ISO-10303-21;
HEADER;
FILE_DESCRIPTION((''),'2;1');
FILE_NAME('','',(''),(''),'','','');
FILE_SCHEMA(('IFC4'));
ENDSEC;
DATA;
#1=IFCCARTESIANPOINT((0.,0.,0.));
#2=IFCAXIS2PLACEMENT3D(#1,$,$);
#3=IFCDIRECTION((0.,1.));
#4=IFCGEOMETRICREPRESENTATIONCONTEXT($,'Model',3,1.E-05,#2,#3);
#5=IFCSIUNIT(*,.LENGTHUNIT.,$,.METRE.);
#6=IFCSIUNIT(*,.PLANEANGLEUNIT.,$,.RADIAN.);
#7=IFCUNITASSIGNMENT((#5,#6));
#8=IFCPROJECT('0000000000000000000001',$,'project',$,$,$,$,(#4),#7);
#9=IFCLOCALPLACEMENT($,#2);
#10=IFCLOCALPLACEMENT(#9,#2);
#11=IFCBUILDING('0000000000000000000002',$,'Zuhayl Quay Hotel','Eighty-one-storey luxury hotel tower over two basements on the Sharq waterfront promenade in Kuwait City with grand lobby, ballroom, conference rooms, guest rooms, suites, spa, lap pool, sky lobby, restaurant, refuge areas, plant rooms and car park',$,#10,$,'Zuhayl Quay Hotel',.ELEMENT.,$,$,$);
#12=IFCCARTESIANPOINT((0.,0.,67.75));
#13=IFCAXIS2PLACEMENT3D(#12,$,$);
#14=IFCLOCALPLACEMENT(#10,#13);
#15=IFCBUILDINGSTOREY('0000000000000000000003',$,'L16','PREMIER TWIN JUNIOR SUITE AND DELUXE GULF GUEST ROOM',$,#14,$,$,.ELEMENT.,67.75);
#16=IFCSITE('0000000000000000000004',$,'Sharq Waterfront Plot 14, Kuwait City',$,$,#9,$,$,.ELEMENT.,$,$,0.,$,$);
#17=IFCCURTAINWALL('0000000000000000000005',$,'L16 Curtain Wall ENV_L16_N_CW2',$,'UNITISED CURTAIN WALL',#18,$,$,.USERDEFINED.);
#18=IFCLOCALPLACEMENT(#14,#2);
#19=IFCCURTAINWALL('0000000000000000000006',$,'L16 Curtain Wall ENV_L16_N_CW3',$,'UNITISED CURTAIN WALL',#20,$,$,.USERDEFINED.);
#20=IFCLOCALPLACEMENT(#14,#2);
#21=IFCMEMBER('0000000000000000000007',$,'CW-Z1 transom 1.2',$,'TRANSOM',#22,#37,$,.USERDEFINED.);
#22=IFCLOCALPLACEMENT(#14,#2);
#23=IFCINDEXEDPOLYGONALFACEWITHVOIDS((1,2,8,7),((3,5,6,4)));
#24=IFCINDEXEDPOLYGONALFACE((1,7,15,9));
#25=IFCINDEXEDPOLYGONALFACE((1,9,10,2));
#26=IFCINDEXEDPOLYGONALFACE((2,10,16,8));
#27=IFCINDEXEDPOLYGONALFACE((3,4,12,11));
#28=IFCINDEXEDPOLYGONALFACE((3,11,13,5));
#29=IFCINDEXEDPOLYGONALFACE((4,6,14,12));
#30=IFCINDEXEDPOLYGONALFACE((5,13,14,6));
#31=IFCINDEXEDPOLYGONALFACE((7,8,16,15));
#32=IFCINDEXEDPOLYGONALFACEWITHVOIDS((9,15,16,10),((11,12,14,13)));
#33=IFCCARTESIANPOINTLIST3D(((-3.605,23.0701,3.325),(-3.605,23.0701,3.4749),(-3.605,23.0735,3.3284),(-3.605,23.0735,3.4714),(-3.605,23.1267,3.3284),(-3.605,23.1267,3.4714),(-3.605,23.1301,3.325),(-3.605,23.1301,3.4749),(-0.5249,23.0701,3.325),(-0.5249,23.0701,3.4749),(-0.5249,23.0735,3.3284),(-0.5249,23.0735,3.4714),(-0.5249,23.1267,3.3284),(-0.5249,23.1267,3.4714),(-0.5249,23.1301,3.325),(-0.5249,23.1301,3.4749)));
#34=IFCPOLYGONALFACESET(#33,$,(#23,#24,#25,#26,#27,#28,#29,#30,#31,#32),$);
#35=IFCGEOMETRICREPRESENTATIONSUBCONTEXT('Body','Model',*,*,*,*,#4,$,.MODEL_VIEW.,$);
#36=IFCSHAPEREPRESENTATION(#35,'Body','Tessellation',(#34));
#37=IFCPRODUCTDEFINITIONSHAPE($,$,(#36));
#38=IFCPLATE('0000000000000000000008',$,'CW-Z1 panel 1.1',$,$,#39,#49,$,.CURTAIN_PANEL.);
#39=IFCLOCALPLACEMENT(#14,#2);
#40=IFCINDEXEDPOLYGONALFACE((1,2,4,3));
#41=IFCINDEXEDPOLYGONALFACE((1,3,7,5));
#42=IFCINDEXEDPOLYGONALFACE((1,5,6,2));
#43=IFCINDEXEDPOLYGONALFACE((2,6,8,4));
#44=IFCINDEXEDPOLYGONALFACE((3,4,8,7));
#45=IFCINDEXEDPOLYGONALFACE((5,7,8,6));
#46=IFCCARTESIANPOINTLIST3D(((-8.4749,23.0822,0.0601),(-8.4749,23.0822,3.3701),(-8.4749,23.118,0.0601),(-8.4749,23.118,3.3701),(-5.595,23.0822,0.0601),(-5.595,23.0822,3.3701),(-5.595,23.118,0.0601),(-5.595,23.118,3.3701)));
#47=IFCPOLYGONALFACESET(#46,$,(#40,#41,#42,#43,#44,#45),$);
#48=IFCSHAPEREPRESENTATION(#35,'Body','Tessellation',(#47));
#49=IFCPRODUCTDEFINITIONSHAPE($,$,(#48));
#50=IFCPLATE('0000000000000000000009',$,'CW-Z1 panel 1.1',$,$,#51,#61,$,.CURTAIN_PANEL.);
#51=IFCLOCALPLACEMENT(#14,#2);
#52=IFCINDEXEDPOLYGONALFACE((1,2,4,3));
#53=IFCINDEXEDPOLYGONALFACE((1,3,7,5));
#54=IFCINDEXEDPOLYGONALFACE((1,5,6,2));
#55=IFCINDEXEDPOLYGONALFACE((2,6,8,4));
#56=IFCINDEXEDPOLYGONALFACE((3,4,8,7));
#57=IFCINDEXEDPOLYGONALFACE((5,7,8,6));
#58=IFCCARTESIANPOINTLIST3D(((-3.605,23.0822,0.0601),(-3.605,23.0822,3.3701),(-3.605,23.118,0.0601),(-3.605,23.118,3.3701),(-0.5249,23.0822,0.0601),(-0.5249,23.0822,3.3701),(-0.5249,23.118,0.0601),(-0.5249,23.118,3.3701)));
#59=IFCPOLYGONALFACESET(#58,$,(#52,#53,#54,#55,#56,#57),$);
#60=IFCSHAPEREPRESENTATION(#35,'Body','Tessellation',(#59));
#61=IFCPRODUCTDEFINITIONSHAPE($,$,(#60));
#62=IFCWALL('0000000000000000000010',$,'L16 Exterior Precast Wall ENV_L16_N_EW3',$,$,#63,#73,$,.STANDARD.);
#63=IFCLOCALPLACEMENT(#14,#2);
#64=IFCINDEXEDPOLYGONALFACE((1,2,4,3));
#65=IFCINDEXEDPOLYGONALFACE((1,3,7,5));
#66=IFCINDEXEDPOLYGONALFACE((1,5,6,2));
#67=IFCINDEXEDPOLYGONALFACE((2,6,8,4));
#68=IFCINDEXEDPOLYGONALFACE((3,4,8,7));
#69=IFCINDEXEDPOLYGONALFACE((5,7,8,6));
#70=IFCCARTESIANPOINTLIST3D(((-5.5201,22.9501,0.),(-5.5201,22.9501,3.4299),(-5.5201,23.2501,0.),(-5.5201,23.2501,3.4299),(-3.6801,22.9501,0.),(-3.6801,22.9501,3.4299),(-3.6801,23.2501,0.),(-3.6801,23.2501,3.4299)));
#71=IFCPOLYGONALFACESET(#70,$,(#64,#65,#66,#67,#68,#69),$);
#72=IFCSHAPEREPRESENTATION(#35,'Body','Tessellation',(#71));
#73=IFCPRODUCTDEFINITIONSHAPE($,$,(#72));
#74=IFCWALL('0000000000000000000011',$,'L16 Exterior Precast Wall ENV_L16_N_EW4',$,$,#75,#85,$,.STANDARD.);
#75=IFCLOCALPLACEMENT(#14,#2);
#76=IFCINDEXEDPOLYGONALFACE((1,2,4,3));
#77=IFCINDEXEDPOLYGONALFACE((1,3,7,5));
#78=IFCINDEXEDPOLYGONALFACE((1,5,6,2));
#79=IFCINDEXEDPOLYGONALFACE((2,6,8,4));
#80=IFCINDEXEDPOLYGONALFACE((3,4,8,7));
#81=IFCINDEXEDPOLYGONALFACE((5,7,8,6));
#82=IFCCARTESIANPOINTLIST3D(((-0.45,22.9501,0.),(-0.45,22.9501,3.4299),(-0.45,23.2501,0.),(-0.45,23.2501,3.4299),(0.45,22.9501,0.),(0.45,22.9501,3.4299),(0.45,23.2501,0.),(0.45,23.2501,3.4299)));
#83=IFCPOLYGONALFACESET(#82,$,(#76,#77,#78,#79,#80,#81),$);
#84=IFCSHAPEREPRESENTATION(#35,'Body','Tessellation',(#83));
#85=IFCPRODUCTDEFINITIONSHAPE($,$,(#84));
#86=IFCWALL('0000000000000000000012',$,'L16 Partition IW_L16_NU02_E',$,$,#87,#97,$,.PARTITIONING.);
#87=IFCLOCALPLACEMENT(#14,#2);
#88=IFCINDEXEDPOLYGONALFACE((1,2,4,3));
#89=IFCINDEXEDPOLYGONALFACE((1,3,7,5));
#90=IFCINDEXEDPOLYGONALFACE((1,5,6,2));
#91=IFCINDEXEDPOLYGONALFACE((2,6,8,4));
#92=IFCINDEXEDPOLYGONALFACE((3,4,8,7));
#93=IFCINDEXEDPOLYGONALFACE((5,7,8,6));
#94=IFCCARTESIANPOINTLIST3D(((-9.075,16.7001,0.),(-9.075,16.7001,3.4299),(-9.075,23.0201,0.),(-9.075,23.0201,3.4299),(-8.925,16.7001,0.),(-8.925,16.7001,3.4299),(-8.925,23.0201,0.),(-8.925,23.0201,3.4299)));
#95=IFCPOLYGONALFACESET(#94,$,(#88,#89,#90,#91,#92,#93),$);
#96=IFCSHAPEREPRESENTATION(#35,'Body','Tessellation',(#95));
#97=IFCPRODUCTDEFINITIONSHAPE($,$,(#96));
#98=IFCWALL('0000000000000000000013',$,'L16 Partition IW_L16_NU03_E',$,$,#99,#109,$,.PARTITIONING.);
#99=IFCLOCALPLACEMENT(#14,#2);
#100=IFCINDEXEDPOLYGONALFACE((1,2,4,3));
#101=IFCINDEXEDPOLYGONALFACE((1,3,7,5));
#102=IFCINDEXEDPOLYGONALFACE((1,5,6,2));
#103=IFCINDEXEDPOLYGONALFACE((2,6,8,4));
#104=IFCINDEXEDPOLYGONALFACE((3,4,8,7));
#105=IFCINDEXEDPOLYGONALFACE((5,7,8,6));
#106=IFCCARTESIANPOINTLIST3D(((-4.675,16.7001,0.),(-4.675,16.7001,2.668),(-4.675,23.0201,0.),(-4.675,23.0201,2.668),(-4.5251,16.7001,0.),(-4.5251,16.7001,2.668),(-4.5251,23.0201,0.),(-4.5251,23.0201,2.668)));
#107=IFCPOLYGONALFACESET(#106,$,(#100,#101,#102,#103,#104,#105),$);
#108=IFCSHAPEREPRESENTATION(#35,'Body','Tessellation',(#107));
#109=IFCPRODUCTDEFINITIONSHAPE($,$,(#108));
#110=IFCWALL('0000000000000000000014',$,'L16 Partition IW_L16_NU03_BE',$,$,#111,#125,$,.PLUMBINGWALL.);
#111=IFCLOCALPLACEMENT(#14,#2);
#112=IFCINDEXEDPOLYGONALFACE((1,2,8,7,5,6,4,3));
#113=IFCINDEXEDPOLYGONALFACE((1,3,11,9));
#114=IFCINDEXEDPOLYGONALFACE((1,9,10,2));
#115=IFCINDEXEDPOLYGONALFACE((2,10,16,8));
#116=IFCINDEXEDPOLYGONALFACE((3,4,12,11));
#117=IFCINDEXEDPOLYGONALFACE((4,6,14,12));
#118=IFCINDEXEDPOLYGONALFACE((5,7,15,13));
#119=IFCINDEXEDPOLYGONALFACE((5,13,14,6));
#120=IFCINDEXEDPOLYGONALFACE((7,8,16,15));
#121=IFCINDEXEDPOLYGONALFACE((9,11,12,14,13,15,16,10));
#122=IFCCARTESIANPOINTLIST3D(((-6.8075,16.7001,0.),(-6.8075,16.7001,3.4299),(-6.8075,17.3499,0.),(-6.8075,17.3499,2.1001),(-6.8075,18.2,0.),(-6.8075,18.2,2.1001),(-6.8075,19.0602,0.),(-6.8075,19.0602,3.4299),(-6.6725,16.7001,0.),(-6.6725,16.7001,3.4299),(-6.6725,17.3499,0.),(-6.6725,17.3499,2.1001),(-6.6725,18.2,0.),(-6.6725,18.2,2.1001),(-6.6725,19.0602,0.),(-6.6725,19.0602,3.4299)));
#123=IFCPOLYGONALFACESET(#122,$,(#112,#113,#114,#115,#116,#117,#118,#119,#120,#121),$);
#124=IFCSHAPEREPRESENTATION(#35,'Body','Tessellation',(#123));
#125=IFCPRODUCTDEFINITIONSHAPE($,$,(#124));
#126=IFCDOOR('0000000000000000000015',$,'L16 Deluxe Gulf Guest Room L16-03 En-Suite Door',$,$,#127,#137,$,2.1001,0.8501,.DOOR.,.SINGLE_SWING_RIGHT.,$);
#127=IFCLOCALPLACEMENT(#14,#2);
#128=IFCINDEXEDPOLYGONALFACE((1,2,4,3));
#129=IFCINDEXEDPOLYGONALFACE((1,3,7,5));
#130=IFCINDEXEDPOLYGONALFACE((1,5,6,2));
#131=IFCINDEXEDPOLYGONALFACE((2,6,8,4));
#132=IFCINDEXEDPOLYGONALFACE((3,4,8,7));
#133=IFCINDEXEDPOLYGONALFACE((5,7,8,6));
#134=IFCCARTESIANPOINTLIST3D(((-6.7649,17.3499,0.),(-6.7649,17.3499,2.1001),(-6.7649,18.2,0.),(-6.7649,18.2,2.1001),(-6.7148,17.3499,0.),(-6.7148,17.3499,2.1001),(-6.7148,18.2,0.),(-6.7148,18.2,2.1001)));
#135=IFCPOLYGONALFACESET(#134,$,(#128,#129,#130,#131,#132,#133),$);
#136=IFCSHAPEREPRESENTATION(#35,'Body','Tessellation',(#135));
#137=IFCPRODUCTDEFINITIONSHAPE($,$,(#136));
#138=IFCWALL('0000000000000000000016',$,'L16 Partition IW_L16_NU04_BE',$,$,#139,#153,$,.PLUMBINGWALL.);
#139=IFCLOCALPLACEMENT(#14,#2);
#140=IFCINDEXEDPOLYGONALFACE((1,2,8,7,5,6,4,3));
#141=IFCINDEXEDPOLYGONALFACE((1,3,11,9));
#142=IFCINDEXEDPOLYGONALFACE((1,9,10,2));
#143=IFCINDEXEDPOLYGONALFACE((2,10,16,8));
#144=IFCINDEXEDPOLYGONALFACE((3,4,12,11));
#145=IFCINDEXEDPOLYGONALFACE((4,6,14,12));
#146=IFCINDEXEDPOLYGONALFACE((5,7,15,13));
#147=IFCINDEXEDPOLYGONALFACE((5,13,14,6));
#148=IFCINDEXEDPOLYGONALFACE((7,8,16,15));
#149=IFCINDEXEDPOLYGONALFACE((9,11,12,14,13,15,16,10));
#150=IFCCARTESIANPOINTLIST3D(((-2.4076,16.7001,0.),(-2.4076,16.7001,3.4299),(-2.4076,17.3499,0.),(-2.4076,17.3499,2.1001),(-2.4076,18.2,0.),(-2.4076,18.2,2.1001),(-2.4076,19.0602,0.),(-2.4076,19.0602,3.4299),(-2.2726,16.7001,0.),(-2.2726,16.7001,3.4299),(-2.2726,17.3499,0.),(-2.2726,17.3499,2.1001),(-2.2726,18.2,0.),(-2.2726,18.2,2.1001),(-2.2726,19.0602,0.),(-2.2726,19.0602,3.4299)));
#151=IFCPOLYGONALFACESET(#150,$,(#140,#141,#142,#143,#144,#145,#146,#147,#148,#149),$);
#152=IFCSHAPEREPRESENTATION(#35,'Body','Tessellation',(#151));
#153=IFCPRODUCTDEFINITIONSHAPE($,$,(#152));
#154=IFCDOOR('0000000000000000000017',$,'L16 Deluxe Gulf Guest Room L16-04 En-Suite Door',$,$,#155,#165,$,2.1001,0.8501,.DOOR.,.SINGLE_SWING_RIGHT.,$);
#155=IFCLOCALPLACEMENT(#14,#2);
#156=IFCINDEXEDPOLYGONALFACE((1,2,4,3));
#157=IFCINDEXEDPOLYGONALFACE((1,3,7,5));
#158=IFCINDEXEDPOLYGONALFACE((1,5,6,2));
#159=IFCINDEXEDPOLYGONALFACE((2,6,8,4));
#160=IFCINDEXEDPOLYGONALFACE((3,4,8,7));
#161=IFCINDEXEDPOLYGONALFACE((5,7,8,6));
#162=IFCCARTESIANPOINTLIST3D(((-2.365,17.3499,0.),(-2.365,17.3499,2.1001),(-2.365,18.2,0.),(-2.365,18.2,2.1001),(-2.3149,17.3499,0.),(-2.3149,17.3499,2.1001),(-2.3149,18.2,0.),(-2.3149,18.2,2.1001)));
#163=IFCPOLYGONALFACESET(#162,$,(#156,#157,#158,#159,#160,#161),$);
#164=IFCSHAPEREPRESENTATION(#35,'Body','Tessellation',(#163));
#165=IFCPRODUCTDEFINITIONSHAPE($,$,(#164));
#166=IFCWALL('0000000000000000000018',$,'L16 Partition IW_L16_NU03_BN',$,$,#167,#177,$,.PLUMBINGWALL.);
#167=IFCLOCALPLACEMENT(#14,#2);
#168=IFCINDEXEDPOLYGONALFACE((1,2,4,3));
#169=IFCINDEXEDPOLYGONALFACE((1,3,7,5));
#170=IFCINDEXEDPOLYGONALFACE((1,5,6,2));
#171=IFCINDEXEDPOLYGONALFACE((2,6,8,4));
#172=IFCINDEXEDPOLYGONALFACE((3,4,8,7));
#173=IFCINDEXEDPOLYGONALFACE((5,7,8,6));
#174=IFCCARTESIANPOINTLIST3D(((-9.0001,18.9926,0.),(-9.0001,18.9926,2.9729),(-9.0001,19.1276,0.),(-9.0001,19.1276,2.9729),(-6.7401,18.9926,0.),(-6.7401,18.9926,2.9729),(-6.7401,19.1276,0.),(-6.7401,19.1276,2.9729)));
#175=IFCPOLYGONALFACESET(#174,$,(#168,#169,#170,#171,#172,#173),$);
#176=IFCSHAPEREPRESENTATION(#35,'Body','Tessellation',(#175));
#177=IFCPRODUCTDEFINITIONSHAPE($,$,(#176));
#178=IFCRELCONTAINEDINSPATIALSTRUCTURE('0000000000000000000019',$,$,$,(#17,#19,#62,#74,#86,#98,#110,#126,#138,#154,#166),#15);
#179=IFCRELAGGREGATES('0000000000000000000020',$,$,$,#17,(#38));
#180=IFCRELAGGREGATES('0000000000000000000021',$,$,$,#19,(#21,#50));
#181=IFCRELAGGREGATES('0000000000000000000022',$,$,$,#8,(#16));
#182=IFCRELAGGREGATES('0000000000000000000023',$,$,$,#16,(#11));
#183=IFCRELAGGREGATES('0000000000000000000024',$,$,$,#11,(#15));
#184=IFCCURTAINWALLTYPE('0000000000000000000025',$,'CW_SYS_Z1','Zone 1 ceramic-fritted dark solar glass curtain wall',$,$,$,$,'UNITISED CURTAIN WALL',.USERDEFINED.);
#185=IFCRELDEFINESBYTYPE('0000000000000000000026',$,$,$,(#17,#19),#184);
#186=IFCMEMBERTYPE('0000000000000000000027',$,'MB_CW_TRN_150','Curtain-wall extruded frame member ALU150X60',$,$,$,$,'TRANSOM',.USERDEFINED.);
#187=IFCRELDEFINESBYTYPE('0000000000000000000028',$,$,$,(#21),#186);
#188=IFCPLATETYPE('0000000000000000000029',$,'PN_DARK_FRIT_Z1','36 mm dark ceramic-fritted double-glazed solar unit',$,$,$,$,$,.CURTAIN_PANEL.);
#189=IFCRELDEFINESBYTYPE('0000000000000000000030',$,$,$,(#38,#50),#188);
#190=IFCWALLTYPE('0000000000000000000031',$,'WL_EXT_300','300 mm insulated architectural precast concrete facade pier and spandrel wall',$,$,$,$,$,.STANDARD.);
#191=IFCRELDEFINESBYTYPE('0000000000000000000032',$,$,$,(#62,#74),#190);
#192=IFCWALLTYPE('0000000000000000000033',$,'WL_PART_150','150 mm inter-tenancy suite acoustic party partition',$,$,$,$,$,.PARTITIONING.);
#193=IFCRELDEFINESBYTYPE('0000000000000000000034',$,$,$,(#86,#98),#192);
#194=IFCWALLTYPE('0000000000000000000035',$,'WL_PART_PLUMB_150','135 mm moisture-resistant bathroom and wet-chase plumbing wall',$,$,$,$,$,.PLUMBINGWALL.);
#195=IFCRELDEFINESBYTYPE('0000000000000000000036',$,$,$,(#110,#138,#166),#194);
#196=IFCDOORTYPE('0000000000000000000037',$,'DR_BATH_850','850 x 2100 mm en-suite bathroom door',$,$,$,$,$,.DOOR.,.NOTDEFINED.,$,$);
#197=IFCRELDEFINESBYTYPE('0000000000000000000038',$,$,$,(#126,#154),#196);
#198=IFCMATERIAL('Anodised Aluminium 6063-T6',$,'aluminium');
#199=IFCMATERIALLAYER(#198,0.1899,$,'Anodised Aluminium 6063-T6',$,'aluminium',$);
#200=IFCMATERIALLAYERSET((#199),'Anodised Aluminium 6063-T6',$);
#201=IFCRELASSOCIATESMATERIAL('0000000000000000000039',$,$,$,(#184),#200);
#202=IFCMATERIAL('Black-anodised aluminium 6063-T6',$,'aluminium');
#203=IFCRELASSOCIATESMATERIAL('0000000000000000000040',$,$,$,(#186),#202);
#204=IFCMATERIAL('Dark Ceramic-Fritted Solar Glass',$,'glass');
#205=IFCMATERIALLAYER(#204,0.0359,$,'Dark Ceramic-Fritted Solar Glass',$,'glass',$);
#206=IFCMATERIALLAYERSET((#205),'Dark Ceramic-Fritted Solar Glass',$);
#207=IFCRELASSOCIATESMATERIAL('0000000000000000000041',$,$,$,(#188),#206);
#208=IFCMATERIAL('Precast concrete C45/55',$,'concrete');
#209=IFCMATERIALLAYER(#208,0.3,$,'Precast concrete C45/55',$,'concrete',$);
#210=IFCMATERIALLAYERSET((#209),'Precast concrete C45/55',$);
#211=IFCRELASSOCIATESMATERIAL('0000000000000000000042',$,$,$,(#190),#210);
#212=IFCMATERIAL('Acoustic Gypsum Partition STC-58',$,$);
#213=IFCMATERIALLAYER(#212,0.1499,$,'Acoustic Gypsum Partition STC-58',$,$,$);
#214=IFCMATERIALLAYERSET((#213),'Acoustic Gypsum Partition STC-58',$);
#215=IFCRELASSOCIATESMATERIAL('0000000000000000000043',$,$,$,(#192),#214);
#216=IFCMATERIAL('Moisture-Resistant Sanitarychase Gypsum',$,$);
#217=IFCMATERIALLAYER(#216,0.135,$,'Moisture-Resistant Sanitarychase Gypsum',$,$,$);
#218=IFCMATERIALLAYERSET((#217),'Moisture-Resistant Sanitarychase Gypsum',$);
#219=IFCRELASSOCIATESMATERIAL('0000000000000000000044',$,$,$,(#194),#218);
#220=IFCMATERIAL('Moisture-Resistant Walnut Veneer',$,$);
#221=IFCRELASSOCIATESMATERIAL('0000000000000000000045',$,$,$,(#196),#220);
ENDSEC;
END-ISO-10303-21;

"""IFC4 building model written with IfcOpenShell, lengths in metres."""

from ifc_helpers import new_model, si_unit, direction, frame, frame_2d, origin, origin_2d, place, context, subcontext, project, spatial, rectangle, hollow_rectangle, extrude, material, layer, layer_set, material_profile, profile_set, type_object, element, fill, aggregate, save


model = new_model("IFC4")

# Units and contexts
model_context = context("Model", 3, precision=1e-05, world=origin(), true_north=direction((0.0, 1.0)))
body_context = subcontext(model_context, "Body", "Model", "MODEL_VIEW")
ifc_project = project(units=[si_unit("LENGTHUNIT", "METRE"), si_unit("PLANEANGLEUNIT", "RADIAN")], contexts=[model_context])

# Site, building, storey
site_placement = place(None, origin())
site = spatial("IfcSite", under=ifc_project, at=site_placement, Name="Sharq Waterfront Plot 14, Kuwait City", CompositionType="ELEMENT", RefElevation=0.0)
building_placement = place(site_placement, origin())
building = spatial("IfcBuilding", under=site, at=building_placement, Name="Zuhayl Quay Hotel", Description="Eighty-one-storey luxury hotel tower over two basements on the Sharq waterfront promenade in Kuwait City with grand lobby, ballroom, conference rooms, guest rooms, suites, spa, lap pool, sky lobby, restaurant, refuge areas, plant rooms and car park", LongName="Zuhayl Quay Hotel", CompositionType="ELEMENT")
storey_placement = place(building_placement, frame((0.0, 0.0, 67.75)))
storey = spatial("IfcBuildingStorey", under=building, at=storey_placement, Name="L16", Description="PREMIER TWIN JUNIOR SUITE AND DELUXE GULF GUEST ROOM", CompositionType="ELEMENT", Elevation=67.75)

# Curtain walls
ifc_material_1 = material(Name="Anodised Aluminium 6063-T6", Category="aluminium")
ifc_layer_1 = layer(ifc_material_1, 0.1899, Name="Anodised Aluminium 6063-T6", Category="aluminium")
ifc_layer_set_1 = layer_set([ifc_layer_1], Name="Anodised Aluminium 6063-T6")
curtain_wall_type = type_object("IfcCurtainWallType", Name="CW_SYS_Z1", Description="Zone 1 ceramic-fritted dark solar glass curtain wall", ElementType="UNITISED CURTAIN WALL", PredefinedType="USERDEFINED", material=ifc_layer_set_1)
curtain_wall_1_placement = place(storey_placement, origin())
curtain_wall_1 = element("IfcCurtainWall", 1, at=curtain_wall_1_placement, inside=storey, type_object=curtain_wall_type, Name="L16 Curtain Wall ENV_L16_N_CW2", ObjectType="UNITISED CURTAIN WALL", PredefinedType="USERDEFINED")
ifc_material_2 = material(Name="Black-anodised aluminium 6063-T6", Category="aluminium")
curtain_wall_2_placement = place(storey_placement, origin())
curtain_wall_2 = element("IfcCurtainWall", 2, at=curtain_wall_2_placement, inside=storey, type_object=curtain_wall_type, Name="L16 Curtain Wall ENV_L16_N_CW3", ObjectType="UNITISED CURTAIN WALL", PredefinedType="USERDEFINED")

# Member
ifc_material_profile_1 = material_profile(ifc_material_2, hollow_rectangle(XDim=0.0601, YDim=0.1499, WallThickness=0.0034, at=origin_2d()), Name="ALU150X60")
ifc_profile_set_1 = profile_set([ifc_material_profile_1], Name="Black-anodised aluminium 6063-T6")
member_type_1 = type_object("IfcMemberType", Name="MB_CW_TRN_150", Description="Curtain-wall extruded frame member ALU150X60", ElementType="TRANSOM", PredefinedType="USERDEFINED", material=ifc_profile_set_1)
member_1_placement = place(storey_placement, frame((-3.605, 23.1001, 3.3999), z_axis=(1.0, 0.0, 0.0), x_axis=(0.0, 1.0, 0.0)))
member_1 = element("IfcMember", 3, at=member_1_placement, type_object=member_type_1, Name="CW-Z1 transom 1.2", ObjectType="TRANSOM", PredefinedType="USERDEFINED", context=body_context, shape_type="SweptSolid", body=[
    extrude(hollow_rectangle(XDim=0.0601, YDim=0.1499, WallThickness=0.0034, at=origin_2d()), origin(), (0.0, 0.0, 1.0), 3.0801),
])

# Plates
ifc_material_3 = material(Name="Dark Ceramic-Fritted Solar Glass", Category="glass")
ifc_layer_2 = layer(ifc_material_3, 0.0359, Name="Dark Ceramic-Fritted Solar Glass", Category="glass")
ifc_layer_set_2 = layer_set([ifc_layer_2], Name="Dark Ceramic-Fritted Solar Glass")
plate_type = type_object("IfcPlateType", Name="PN_DARK_FRIT_Z1", Description="36 mm dark ceramic-fritted double-glazed solar unit", PredefinedType="CURTAIN_PANEL", material=ifc_layer_set_2)
plate_1_placement = place(storey_placement, frame((-7.0349, 23.1001, 0.0601), z_axis=(0.0, 0.0, 1.0), x_axis=(1.0, 0.0, 0.0)))
plate_1 = element("IfcPlate", 4, at=plate_1_placement, type_object=plate_type, Name="CW-Z1 panel 1.1", PredefinedType="CURTAIN_PANEL", context=body_context, shape_type="SweptSolid", body=[
    extrude(rectangle(XDim=2.8799, YDim=0.0359, at=origin_2d()), origin(), (0.0, 0.0, 1.0), 3.3101),
])
aggregate(curtain_wall_1, [plate_1])
plate_2_placement = place(storey_placement, frame((-2.0649, 23.1001, 0.0601), z_axis=(0.0, 0.0, 1.0), x_axis=(1.0, 0.0, 0.0)))
plate_2 = element("IfcPlate", 5, at=plate_2_placement, type_object=plate_type, Name="CW-Z1 panel 1.1", PredefinedType="CURTAIN_PANEL", context=body_context, shape_type="SweptSolid", body=[
    extrude(rectangle(XDim=3.0801, YDim=0.0359, at=origin_2d()), origin(), (0.0, 0.0, 1.0), 3.3101),
])
aggregate(curtain_wall_2, [member_1, plate_2])

# Walls
ifc_material_4 = material(Name="Precast concrete C45/55", Category="concrete")
ifc_layer_3 = layer(ifc_material_4, 0.3, Name="Precast concrete C45/55", Category="concrete")
ifc_layer_set_3 = layer_set([ifc_layer_3], Name="Precast concrete C45/55")
wall_type_1 = type_object("IfcWallType", Name="WL_EXT_300", Description="300 mm insulated architectural precast concrete facade pier and spandrel wall", PredefinedType="STANDARD", material=ifc_layer_set_3)
wall_1_placement = place(storey_placement, frame((-5.52, 23.1001, 0.0), z_axis=(0.0, 0.0, 1.0), x_axis=(1.0, 0.0, 0.0)))
element("IfcWall", 6, at=wall_1_placement, inside=storey, type_object=wall_type_1, Name="L16 Exterior Precast Wall ENV_L16_N_EW3", PredefinedType="STANDARD", context=body_context, shape_type="SweptSolid", body=[
    extrude(rectangle(XDim=1.8401, YDim=0.3, at=frame_2d((0.9199, 0.0))), origin(), (0.0, 0.0, 1.0), 3.4299),
])
wall_2_placement = place(storey_placement, frame((-0.45, 23.1001, 0.0), z_axis=(0.0, 0.0, 1.0), x_axis=(1.0, 0.0, 0.0)))
element("IfcWall", 7, at=wall_2_placement, inside=storey, type_object=wall_type_1, Name="L16 Exterior Precast Wall ENV_L16_N_EW4", PredefinedType="STANDARD", context=body_context, shape_type="SweptSolid", body=[
    extrude(rectangle(XDim=0.8999, YDim=0.3, at=frame_2d((0.45, 0.0))), origin(), (0.0, 0.0, 1.0), 3.4299),
])
ifc_material_5 = material(Name="Acoustic Gypsum Partition STC-58")
ifc_layer_4 = layer(ifc_material_5, 0.1499, Name="Acoustic Gypsum Partition STC-58")
ifc_layer_set_4 = layer_set([ifc_layer_4], Name="Acoustic Gypsum Partition STC-58")
wall_type_2 = type_object("IfcWallType", Name="WL_PART_150", Description="150 mm inter-tenancy suite acoustic party partition", PredefinedType="PARTITIONING", material=ifc_layer_set_4)
wall_3_placement = place(storey_placement, frame((-9.0, 16.7, 0.0), z_axis=(0.0, 0.0, 1.0), x_axis=(0.0, 1.0, 0.0)))
element("IfcWall", 8, at=wall_3_placement, inside=storey, type_object=wall_type_2, Name="L16 Partition IW_L16_NU02_E", PredefinedType="PARTITIONING", context=body_context, shape_type="SweptSolid", body=[
    extrude(rectangle(XDim=6.3201, YDim=0.1499, at=frame_2d((3.1602, 0.0))), origin(), (0.0, 0.0, 1.0), 3.4299),
])
wall_4_placement = place(storey_placement, frame((-4.6001, 16.7, 0.0), z_axis=(0.0, 0.0, 1.0), x_axis=(0.0, 1.0, 0.0)))
element("IfcWall", 9, at=wall_4_placement, inside=storey, type_object=wall_type_2, Name="L16 Partition IW_L16_NU03_E", PredefinedType="PARTITIONING", context=body_context, shape_type="SweptSolid", body=[
    extrude(rectangle(XDim=6.3201, YDim=0.1499, at=frame_2d((3.1602, 0.0))), origin(), (0.0, 0.0, 1.0), 2.668),
])

# Walls, openings, doors
ifc_material_6 = material(Name="Moisture-Resistant Sanitarychase Gypsum")
ifc_layer_5 = layer(ifc_material_6, 0.135, Name="Moisture-Resistant Sanitarychase Gypsum")
ifc_layer_set_5 = layer_set([ifc_layer_5], Name="Moisture-Resistant Sanitarychase Gypsum")
wall_type_3 = type_object("IfcWallType", Name="WL_PART_PLUMB_150", Description="135 mm moisture-resistant bathroom and wet-chase plumbing wall", PredefinedType="PLUMBINGWALL", material=ifc_layer_set_5)
wall_5_placement = place(storey_placement, frame((-6.74, 16.7, 0.0), z_axis=(0.0, 0.0, 1.0), x_axis=(0.0, 1.0, 0.0)))
wall_5 = element("IfcWall", 10, at=wall_5_placement, inside=storey, type_object=wall_type_3, Name="L16 Partition IW_L16_NU03_BE", PredefinedType="PLUMBINGWALL", context=body_context, shape_type="SweptSolid", body=[
    extrude(rectangle(XDim=2.3601, YDim=0.135, at=frame_2d((1.1802, 0.0))), origin(), (0.0, 0.0, 1.0), 3.4299),
])
opening_1_placement = place(wall_5_placement, frame((0.6499, 0.0, 0.0)))
opening_1 = element("IfcOpeningElement", 11, at=opening_1_placement, cuts=wall_5, PredefinedType="OPENING", context=body_context, shape_type="SweptSolid", body=[
    extrude(rectangle(XDim=0.8501, YDim=2.1001, at=frame_2d((0.425, 1.05))), frame((0.0, 0.0774, 0.0), z_axis=(0.0, -1.0, 0.0), x_axis=(1.0, 0.0, 0.0)), (0.0, 0.0, 1.0), 0.155),
])
ifc_material_7 = material(Name="Moisture-Resistant Walnut Veneer")
door_type_1 = type_object("IfcDoorType", Name="DR_BATH_850", Description="850 x 2100 mm en-suite bathroom door", OperationType="NOTDEFINED", PredefinedType="DOOR", material=ifc_material_7)
door_1_placement = place(opening_1_placement, origin())
door_1 = element("IfcDoor", 12, at=door_1_placement, inside=storey, type_object=door_type_1, Name="L16 Deluxe Gulf Guest Room L16-03 En-Suite Door", OperationType="SINGLE_SWING_RIGHT", OverallHeight=2.1001, OverallWidth=0.8501, PredefinedType="DOOR", context=body_context, shape_type="SweptSolid", body=[
    extrude(rectangle(XDim=0.8501, YDim=2.1001, at=frame_2d((0.425, 1.05))), frame((0.0, 0.0249, 0.0), z_axis=(0.0, -1.0, 0.0), x_axis=(1.0, 0.0, 0.0)), (0.0, 0.0, 1.0), 0.05),
])
fill(opening_1, door_1)
wall_6_placement = place(storey_placement, frame((-2.3401, 16.7, 0.0), z_axis=(0.0, 0.0, 1.0), x_axis=(0.0, 1.0, 0.0)))
wall_6 = element("IfcWall", 13, at=wall_6_placement, inside=storey, type_object=wall_type_3, Name="L16 Partition IW_L16_NU04_BE", PredefinedType="PLUMBINGWALL", context=body_context, shape_type="SweptSolid", body=[
    extrude(rectangle(XDim=2.3601, YDim=0.135, at=frame_2d((1.1802, 0.0))), origin(), (0.0, 0.0, 1.0), 3.4299),
])
opening_2_placement = place(wall_6_placement, frame((0.6499, 0.0, 0.0)))
opening_2 = element("IfcOpeningElement", 14, at=opening_2_placement, cuts=wall_6, PredefinedType="OPENING", context=body_context, shape_type="SweptSolid", body=[
    extrude(rectangle(XDim=0.8501, YDim=2.1001, at=frame_2d((0.425, 1.05))), frame((0.0, 0.0774, 0.0), z_axis=(0.0, -1.0, 0.0), x_axis=(1.0, 0.0, 0.0)), (0.0, 0.0, 1.0), 0.155),
])
door_2_placement = place(opening_2_placement, origin())
door_2 = element("IfcDoor", 15, at=door_2_placement, inside=storey, type_object=door_type_1, Name="L16 Deluxe Gulf Guest Room L16-04 En-Suite Door", OperationType="SINGLE_SWING_RIGHT", OverallHeight=2.1001, OverallWidth=0.8501, PredefinedType="DOOR", context=body_context, shape_type="SweptSolid", body=[
    extrude(rectangle(XDim=0.8501, YDim=2.1001, at=frame_2d((0.425, 1.05))), frame((0.0, 0.0249, 0.0), z_axis=(0.0, -1.0, 0.0), x_axis=(1.0, 0.0, 0.0)), (0.0, 0.0, 1.0), 0.05),
])
fill(opening_2, door_2)

# Wall
for number, where, z_axis, x_axis, name in (
    (16, (-9.0, 19.0601, 0.0), (0.0, 0.0, 1.0), (1.0, 0.0, 0.0), "L16 Partition IW_L16_NU03_BN"),
):
    element("IfcWall", number, at=place(storey_placement, frame(where, z_axis=z_axis, x_axis=x_axis)), inside=storey, type_object=wall_type_3, Name=name, PredefinedType="PLUMBINGWALL", context=body_context, shape_type="SweptSolid", body=[
        extrude(rectangle(XDim=2.26, YDim=0.135, at=frame_2d((1.1299, 0.0))), origin(), (0.0, 0.0, 1.0), 2.9729),
    ])

save(model, "model.ifc")
